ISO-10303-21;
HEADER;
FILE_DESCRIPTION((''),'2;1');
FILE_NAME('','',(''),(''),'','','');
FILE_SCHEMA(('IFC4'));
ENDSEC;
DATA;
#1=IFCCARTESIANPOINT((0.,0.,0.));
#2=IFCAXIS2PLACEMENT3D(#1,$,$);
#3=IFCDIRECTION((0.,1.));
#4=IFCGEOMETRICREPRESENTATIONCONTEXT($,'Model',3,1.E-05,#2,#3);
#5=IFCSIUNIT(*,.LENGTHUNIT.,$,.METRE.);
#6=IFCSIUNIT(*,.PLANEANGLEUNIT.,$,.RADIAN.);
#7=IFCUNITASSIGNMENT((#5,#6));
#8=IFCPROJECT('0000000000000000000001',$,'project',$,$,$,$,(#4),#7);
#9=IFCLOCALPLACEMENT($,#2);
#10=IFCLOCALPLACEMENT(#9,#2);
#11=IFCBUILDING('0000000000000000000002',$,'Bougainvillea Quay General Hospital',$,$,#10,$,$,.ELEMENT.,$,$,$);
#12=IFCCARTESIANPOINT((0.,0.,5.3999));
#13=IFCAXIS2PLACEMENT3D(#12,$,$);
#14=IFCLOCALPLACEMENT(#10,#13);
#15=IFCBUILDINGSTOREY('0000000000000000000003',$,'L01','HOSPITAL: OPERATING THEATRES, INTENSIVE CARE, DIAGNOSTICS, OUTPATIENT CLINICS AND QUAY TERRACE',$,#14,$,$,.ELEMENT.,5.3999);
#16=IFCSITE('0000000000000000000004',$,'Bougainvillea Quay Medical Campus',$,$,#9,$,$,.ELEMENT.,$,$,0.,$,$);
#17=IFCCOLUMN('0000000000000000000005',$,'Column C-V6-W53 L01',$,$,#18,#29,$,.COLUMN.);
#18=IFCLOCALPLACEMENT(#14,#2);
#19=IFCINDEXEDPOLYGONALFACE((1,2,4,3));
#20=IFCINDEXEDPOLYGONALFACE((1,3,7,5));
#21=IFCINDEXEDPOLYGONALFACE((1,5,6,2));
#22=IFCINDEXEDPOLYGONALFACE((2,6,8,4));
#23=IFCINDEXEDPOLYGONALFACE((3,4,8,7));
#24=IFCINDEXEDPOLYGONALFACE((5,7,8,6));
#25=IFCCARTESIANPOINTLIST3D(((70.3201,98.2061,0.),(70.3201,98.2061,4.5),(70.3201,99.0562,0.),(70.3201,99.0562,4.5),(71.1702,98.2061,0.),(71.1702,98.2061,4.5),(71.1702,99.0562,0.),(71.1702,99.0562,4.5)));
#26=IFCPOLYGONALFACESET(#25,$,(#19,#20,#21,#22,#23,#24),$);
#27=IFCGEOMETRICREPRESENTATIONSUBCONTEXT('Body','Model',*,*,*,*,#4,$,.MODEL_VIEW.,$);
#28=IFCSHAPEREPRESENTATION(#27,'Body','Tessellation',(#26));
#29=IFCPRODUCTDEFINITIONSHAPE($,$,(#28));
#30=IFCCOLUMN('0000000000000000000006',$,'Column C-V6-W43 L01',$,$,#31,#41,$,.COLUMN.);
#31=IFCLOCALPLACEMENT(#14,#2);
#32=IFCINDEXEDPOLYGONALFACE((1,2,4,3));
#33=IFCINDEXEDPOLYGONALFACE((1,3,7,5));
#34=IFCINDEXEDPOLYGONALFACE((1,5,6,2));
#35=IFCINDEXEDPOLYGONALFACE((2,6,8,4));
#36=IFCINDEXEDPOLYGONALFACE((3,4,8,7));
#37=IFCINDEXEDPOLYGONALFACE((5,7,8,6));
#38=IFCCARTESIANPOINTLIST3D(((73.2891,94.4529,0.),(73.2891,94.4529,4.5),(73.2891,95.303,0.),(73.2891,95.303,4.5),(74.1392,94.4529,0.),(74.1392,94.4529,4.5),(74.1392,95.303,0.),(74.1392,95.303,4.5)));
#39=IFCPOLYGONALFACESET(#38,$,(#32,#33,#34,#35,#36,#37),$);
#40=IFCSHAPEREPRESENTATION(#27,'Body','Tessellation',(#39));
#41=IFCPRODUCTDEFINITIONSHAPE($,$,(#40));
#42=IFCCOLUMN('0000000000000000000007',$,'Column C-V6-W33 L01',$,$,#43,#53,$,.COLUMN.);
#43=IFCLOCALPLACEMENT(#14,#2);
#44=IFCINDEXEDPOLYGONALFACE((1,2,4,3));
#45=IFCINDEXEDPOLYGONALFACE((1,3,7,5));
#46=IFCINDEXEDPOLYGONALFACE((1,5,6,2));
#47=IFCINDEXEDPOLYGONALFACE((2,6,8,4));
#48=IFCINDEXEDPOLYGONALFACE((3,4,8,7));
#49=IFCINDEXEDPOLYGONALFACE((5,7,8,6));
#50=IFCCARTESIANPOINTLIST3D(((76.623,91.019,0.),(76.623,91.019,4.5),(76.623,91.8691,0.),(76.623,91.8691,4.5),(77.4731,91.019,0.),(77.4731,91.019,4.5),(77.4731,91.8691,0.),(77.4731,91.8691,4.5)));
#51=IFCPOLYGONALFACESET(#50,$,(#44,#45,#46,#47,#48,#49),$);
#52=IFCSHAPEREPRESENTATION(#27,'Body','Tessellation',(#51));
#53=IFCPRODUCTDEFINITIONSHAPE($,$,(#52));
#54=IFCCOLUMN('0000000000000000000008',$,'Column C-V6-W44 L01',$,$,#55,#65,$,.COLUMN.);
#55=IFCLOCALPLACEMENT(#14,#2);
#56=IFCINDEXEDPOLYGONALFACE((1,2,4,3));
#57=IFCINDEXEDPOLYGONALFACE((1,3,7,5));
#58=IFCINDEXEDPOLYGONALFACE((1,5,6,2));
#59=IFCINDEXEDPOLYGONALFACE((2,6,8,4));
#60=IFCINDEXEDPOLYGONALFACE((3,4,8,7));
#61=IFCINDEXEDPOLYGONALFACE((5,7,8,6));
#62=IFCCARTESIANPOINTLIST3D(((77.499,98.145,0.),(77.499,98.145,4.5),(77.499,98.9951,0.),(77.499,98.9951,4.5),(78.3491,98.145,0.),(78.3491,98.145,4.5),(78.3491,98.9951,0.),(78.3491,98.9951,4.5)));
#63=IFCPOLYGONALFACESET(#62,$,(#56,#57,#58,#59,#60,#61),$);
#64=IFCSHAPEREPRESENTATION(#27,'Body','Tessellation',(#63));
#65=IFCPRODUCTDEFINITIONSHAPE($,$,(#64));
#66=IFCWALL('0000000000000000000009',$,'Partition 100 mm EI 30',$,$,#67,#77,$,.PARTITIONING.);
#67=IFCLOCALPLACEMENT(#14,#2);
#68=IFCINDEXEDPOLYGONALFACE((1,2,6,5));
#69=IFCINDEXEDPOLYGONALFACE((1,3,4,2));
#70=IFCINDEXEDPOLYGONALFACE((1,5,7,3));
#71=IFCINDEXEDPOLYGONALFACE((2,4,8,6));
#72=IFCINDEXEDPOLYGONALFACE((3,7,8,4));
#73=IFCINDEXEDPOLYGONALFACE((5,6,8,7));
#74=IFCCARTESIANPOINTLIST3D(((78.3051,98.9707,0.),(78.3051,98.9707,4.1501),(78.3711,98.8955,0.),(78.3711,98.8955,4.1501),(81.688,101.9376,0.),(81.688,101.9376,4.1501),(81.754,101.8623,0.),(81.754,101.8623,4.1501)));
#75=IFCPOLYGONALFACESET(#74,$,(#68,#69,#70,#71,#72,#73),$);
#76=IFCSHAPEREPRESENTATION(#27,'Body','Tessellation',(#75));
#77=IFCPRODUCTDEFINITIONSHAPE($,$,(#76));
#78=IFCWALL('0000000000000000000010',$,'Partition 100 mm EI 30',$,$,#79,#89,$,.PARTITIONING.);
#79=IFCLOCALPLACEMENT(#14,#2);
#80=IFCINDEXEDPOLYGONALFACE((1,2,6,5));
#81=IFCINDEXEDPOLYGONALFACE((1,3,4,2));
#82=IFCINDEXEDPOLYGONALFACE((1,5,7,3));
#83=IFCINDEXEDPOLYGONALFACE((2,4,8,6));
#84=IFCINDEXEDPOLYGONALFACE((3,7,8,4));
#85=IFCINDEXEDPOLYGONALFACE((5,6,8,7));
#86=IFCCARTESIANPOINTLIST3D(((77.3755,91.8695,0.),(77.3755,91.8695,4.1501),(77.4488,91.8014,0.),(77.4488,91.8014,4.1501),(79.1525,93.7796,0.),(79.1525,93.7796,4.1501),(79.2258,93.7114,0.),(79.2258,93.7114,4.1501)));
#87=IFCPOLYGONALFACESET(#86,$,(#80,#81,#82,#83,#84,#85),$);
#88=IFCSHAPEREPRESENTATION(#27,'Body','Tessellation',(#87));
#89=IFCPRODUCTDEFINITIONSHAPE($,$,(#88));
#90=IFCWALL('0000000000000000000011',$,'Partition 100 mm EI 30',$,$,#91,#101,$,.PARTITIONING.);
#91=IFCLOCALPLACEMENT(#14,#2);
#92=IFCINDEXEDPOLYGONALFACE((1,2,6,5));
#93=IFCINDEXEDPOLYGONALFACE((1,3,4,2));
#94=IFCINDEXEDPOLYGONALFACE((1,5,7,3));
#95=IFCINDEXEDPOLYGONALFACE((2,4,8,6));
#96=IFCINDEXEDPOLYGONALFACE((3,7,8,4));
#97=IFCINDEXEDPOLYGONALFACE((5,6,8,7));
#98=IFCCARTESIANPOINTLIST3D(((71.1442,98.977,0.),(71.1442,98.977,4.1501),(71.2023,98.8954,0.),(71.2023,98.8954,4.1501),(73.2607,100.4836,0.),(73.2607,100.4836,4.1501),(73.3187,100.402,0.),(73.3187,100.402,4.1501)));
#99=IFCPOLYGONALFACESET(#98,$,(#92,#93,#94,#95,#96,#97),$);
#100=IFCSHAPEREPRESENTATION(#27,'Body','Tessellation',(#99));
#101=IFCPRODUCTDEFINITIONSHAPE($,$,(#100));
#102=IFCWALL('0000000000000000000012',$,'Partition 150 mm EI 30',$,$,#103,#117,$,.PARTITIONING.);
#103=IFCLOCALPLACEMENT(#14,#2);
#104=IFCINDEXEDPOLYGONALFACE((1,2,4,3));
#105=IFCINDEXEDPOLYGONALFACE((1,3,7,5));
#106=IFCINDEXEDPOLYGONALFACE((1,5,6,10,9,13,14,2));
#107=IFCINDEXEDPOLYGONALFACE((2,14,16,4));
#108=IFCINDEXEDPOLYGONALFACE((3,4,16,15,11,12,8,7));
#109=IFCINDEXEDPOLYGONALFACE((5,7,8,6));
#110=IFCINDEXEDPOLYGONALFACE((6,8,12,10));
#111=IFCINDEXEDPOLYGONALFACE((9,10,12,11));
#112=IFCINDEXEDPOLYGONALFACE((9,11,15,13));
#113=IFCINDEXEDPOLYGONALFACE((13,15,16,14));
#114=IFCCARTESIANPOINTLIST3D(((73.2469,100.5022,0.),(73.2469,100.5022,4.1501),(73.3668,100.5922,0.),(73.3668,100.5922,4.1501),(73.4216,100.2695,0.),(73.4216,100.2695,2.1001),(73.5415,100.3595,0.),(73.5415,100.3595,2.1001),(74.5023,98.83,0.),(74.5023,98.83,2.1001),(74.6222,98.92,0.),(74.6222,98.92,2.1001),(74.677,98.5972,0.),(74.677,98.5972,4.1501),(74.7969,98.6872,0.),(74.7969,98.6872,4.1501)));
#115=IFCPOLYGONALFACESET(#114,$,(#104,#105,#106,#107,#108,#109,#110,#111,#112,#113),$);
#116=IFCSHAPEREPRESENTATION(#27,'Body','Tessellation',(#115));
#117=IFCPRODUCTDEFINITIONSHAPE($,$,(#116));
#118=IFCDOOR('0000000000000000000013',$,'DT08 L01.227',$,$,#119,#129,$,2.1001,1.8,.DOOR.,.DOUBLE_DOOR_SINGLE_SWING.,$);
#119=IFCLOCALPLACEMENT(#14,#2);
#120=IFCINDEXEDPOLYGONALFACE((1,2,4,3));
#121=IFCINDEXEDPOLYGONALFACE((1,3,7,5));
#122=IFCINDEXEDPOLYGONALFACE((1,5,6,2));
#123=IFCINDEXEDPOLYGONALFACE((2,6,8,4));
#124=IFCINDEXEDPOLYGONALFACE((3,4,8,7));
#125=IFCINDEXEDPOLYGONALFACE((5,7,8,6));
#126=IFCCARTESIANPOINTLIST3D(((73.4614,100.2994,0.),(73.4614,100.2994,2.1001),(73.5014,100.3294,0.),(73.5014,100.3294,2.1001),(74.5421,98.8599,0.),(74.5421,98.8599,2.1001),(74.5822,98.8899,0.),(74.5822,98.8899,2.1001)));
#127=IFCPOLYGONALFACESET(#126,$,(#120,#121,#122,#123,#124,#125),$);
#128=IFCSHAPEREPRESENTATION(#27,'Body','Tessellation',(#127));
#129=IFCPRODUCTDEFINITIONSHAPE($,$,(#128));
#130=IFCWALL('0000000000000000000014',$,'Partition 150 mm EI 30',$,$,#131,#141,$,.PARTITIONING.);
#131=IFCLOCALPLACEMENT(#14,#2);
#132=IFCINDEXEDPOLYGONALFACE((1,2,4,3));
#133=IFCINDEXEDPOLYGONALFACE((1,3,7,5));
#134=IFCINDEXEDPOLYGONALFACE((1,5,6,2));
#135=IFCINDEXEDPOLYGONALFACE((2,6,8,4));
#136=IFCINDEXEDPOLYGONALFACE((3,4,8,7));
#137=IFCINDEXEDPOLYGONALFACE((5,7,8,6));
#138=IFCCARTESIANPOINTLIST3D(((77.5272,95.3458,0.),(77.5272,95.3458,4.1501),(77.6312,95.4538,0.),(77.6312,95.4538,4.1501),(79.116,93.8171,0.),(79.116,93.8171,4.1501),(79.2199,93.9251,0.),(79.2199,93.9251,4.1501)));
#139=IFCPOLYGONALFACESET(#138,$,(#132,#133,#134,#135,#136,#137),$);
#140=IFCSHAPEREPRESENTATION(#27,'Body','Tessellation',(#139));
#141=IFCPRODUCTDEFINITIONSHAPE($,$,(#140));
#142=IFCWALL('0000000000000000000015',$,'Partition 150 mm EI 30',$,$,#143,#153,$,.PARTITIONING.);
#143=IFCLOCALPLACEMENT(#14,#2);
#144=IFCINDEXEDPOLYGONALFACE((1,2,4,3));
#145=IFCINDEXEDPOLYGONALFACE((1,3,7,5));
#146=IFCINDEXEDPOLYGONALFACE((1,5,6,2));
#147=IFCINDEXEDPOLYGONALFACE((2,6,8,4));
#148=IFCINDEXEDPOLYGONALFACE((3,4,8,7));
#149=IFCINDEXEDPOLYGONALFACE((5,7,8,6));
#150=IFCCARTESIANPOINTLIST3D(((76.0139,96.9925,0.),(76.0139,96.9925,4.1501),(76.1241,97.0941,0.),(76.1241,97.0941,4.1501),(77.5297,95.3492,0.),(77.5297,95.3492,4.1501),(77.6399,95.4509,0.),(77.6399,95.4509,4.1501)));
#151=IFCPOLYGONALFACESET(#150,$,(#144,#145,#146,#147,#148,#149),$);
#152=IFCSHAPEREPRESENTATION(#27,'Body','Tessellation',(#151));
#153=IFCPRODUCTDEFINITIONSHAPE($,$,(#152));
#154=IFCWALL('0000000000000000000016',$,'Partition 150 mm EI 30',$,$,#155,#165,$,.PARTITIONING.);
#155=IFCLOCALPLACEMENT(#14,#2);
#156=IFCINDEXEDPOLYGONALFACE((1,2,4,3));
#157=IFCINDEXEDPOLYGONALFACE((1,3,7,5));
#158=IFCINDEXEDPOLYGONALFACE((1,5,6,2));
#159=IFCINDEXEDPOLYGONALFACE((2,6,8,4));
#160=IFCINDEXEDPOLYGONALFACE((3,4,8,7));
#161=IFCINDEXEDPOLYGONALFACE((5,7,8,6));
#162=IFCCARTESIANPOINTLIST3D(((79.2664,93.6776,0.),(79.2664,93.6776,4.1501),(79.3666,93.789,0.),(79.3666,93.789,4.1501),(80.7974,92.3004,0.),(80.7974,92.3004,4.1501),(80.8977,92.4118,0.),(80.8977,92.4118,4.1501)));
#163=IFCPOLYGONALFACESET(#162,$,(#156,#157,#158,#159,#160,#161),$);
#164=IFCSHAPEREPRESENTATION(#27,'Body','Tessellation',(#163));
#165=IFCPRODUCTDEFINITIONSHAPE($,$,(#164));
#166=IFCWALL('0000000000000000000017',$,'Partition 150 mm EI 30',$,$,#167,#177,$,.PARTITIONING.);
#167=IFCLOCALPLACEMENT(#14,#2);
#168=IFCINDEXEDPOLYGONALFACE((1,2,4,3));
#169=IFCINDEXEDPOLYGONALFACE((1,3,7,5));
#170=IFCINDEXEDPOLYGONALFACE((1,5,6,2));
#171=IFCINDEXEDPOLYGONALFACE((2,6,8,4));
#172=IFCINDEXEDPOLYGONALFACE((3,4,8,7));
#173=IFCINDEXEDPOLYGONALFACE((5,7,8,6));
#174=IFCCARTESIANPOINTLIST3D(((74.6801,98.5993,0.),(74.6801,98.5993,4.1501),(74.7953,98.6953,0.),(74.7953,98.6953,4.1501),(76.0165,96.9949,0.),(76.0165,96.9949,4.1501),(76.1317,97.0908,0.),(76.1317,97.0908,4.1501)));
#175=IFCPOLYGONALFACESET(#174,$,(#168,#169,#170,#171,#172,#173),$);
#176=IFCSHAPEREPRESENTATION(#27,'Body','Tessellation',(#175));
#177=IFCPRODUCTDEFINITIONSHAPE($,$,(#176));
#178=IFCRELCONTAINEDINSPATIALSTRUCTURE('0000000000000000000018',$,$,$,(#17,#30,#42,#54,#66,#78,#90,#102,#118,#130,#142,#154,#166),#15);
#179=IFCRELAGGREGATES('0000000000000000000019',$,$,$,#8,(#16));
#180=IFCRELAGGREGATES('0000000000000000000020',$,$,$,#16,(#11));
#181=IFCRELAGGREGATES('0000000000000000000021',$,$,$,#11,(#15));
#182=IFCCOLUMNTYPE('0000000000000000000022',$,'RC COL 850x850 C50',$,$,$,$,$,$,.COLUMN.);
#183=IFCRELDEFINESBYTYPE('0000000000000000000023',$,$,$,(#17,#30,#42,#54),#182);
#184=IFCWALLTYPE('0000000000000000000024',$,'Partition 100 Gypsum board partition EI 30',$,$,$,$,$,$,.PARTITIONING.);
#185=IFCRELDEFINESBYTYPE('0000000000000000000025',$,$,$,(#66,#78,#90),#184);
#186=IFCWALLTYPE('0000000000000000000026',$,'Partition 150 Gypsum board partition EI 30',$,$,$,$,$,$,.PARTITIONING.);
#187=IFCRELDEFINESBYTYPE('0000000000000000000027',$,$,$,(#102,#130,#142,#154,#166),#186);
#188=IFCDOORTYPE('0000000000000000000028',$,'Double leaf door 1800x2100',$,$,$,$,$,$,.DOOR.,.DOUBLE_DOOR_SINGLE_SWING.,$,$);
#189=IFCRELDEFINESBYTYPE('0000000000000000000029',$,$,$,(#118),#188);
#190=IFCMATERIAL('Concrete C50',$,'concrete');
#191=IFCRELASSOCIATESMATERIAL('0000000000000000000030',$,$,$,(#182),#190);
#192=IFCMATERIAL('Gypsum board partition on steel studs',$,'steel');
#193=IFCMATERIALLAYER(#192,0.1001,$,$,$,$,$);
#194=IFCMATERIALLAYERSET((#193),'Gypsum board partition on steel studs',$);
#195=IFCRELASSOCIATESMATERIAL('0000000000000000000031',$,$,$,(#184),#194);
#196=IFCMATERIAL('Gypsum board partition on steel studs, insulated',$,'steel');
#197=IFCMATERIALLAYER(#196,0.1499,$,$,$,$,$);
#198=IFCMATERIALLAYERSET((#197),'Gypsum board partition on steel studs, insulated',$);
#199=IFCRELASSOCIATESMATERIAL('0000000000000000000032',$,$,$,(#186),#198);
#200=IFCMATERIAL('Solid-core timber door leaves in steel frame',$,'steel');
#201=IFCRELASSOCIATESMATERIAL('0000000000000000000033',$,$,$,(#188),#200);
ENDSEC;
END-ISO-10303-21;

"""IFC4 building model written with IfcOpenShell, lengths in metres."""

from ifc_helpers import new_model, si_unit, direction, frame, frame_2d, origin, origin_2d, place, context, subcontext, project, spatial, rectangle, extrude, material, layer, layer_set, material_profile, profile_set, type_object, element, fill, save


model = new_model("IFC4")

# Units and contexts
model_context = context("Model", 3, precision=1e-05, world=origin(), true_north=direction((0.0, 1.0)))
body_context = subcontext(model_context, "Body", "Model", "MODEL_VIEW")
ifc_project = project(units=[si_unit("LENGTHUNIT", "METRE"), si_unit("PLANEANGLEUNIT", "RADIAN")], contexts=[model_context])

# Site, building, storey
site_placement = place(None, origin())
site = spatial("IfcSite", under=ifc_project, at=site_placement, Name="Bougainvillea Quay Medical Campus", CompositionType="ELEMENT", RefElevation=0.0)
building_placement = place(site_placement, origin())
building = spatial("IfcBuilding", under=site, at=building_placement, Name="Bougainvillea Quay General Hospital", CompositionType="ELEMENT")
storey_placement = place(building_placement, frame((0.0, 0.0, 5.3999)))
storey = spatial("IfcBuildingStorey", under=building, at=storey_placement, Name="L01", Description="HOSPITAL: OPERATING THEATRES, INTENSIVE CARE, DIAGNOSTICS, OUTPATIENT CLINICS AND QUAY TERRACE", CompositionType="ELEMENT", Elevation=5.3999)

# Columns
ifc_material_1 = material(Name="Concrete C50", Category="concrete")
ifc_material_profile = material_profile(ifc_material_1, rectangle(XDim=0.8501, YDim=0.8501, at=origin_2d()))
ifc_profile_set = profile_set([ifc_material_profile], Name="Concrete C50")
column_type = type_object("IfcColumnType", Name="RC COL 850x850 C50", PredefinedType="COLUMN", material=ifc_profile_set)
for number, where, z_axis, x_axis, name in (
    (1, (70.7451, 98.6311, 0.0), (0.0, 0.0, 1.0), (1.0, 0.0, 0.0), "Column C-V6-W53 L01"),
    (2, (73.7141, 94.8779, 0.0), (0.0, 0.0, 1.0), (1.0, 0.0, 0.0), "Column C-V6-W43 L01"),
    (3, (77.0481, 91.4441, 0.0), (0.0, 0.0, 1.0), (1.0, 0.0, 0.0), "Column C-V6-W33 L01"),
    (4, (77.9241, 98.5701, 0.0), (0.0, 0.0, 1.0), (1.0, 0.0, 0.0), "Column C-V6-W44 L01"),
):
    element("IfcColumn", number, at=place(storey_placement, frame(where, z_axis=z_axis, x_axis=x_axis)), inside=storey, type_object=column_type, Name=name, PredefinedType="COLUMN", context=body_context, shape_type="SweptSolid", body=[
        extrude(rectangle(XDim=0.8501, YDim=0.8501, at=origin_2d()), origin(), (0.0, 0.0, 1.0), 4.5),
    ])

# Walls
ifc_material_2 = material(Name="Gypsum board partition on steel studs", Category="steel")
ifc_layer_1 = layer(ifc_material_2, 0.1001)
ifc_layer_set_1 = layer_set([ifc_layer_1], Name="Gypsum board partition on steel studs")
wall_type_1 = type_object("IfcWallType", Name="Partition 100 Gypsum board partition EI 30", PredefinedType="PARTITIONING", material=ifc_layer_set_1)
wall_1_placement = place(storey_placement, frame((78.3381, 98.9331, 0.0), z_axis=(0.0, 0.0, 1.0), x_axis=(0.751823, 0.659365, 0.0)))
element("IfcWall", 5, at=wall_1_placement, inside=storey, type_object=wall_type_1, Name="Partition 100 mm EI 30", PredefinedType="PARTITIONING", context=body_context, shape_type="SweptSolid", body=[
    extrude(rectangle(XDim=4.4995, YDim=0.1001, at=frame_2d((2.2498, 0.0))), origin(), (0.0, 0.0, 1.0), 4.1501),
])
wall_2_placement = place(storey_placement, frame((77.4121, 91.8354, 0.0), z_axis=(0.0, 0.0, 1.0), x_axis=(0.681147, 0.732147, 0.0)))
element("IfcWall", 6, at=wall_2_placement, inside=storey, type_object=wall_type_1, Name="Partition 100 mm EI 30", PredefinedType="PARTITIONING", context=body_context, shape_type="SweptSolid", body=[
    extrude(rectangle(XDim=2.6089, YDim=0.1001, at=frame_2d((1.3044, 0.0))), origin(), (0.0, 0.0, 1.0), 4.1501),
])
wall_3_placement = place(storey_placement, frame((71.1733, 98.9363, 0.0), z_axis=(0.0, 0.0, 1.0), x_axis=(0.814672, 0.579922, 0.0)))
element("IfcWall", 7, at=wall_3_placement, inside=storey, type_object=wall_type_1, Name="Partition 100 mm EI 30", PredefinedType="PARTITIONING", context=body_context, shape_type="SweptSolid", body=[
    extrude(rectangle(XDim=2.5979, YDim=0.1001, at=frame_2d((1.2988, 0.0))), origin(), (0.0, 0.0, 1.0), 4.1501),
])

# Wall, opening, door
ifc_material_3 = material(Name="Gypsum board partition on steel studs, insulated", Category="steel")
ifc_layer_2 = layer(ifc_material_3, 0.1499)
ifc_layer_set_2 = layer_set([ifc_layer_2], Name="Gypsum board partition on steel studs, insulated")
wall_type_2 = type_object("IfcWallType", Name="Partition 150 Gypsum board partition EI 30", PredefinedType="PARTITIONING", material=ifc_layer_set_2)
wall_4_placement = place(storey_placement, frame((73.3069, 100.5471, 0.0), z_axis=(0.0, 0.0, 1.0), x_axis=(0.600377, -0.799717, 0.0)))
wall_4 = element("IfcWall", 8, at=wall_4_placement, inside=storey, type_object=wall_type_2, Name="Partition 150 mm EI 30", PredefinedType="PARTITIONING", context=body_context, shape_type="SweptSolid", body=[
    extrude(rectangle(XDim=2.3821, YDim=0.1499, at=frame_2d((1.1909, 0.0))), origin(), (0.0, 0.0, 1.0), 4.1501),
])
opening_1_placement = place(wall_4_placement, frame((0.291, 0.0, 0.0)))
opening_1 = element("IfcOpeningElement", 9, at=opening_1_placement, cuts=wall_4, PredefinedType="OPENING", context=body_context, shape_type="SweptSolid", body=[
    extrude(rectangle(XDim=1.8, YDim=2.1001, at=frame_2d((0.8999, 1.05))), frame((0.0, 0.085, 0.0), z_axis=(0.0, -1.0, 0.0), x_axis=(1.0, 0.0, 0.0)), (0.0, 0.0, 1.0), 0.1699),
])
ifc_material_4 = material(Name="Solid-core timber door leaves in steel frame", Category="steel")
door_type_1 = type_object("IfcDoorType", Name="Double leaf door 1800x2100", OperationType="DOUBLE_DOOR_SINGLE_SWING", PredefinedType="DOOR", material=ifc_material_4)
door_1_placement = place(opening_1_placement, origin())
door_1 = element("IfcDoor", 10, at=door_1_placement, inside=storey, type_object=door_type_1, Name="DT08 L01.227", OperationType="DOUBLE_DOOR_SINGLE_SWING", OverallHeight=2.1001, OverallWidth=1.8, PredefinedType="DOOR", context=body_context, shape_type="SweptSolid", body=[
    extrude(rectangle(XDim=1.8, YDim=2.1001, at=frame_2d((0.8999, 1.05))), frame((0.0, 0.0249, 0.0), z_axis=(0.0, -1.0, 0.0), x_axis=(1.0, 0.0, 0.0)), (0.0, 0.0, 1.0), 0.05),
])
fill(opening_1, door_1)

# Walls
wall_5_placement = place(storey_placement, frame((77.5791, 95.3999, 0.0), z_axis=(0.0, 0.0, 1.0), x_axis=(0.720595, -0.693357, 0.0)))
element("IfcWall", 11, at=wall_5_placement, inside=storey, type_object=wall_type_2, Name="Partition 150 mm EI 30", PredefinedType="PARTITIONING", context=body_context, shape_type="SweptSolid", body=[
    extrude(rectangle(XDim=2.2048, YDim=0.1499, at=frame_2d((1.1025, 0.0))), origin(), (0.0, 0.0, 1.0), 4.1501),
])
wall_6_placement = place(storey_placement, frame((76.0691, 97.0432, 0.0), z_axis=(0.0, 0.0, 1.0), x_axis=(0.678031, -0.735034, 0.0)))
element("IfcWall", 12, at=wall_6_placement, inside=storey, type_object=wall_type_2, Name="Partition 150 mm EI 30", PredefinedType="PARTITIONING", context=body_context, shape_type="SweptSolid", body=[
    extrude(rectangle(XDim=2.2356, YDim=0.1499, at=frame_2d((1.1177, 0.0))), origin(), (0.0, 0.0, 1.0), 4.1501),
])
wall_7_placement = place(storey_placement, frame((79.3164, 93.7334, 0.0), z_axis=(0.0, 0.0, 1.0), x_axis=(0.743465, -0.668775, 0.0)))
element("IfcWall", 13, at=wall_7_placement, inside=storey, type_object=wall_type_2, Name="Partition 150 mm EI 30", PredefinedType="PARTITIONING", context=body_context, shape_type="SweptSolid", body=[
    extrude(rectangle(XDim=2.0593, YDim=0.1499, at=frame_2d((1.0298, 0.0))), origin(), (0.0, 0.0, 1.0), 4.1501),
])
wall_8_placement = place(storey_placement, frame((74.7378, 98.6472, 0.0), z_axis=(0.0, 0.0, 1.0), x_axis=(0.64, -0.768375, 0.0)))
element("IfcWall", 14, at=wall_8_placement, inside=storey, type_object=wall_type_2, Name="Partition 150 mm EI 30", PredefinedType="PARTITIONING", context=body_context, shape_type="SweptSolid", body=[
    extrude(rectangle(XDim=2.0881, YDim=0.1499, at=frame_2d((1.0439, 0.0))), origin(), (0.0, 0.0, 1.0), 4.1501),
])

save(model, "model.ifc")
